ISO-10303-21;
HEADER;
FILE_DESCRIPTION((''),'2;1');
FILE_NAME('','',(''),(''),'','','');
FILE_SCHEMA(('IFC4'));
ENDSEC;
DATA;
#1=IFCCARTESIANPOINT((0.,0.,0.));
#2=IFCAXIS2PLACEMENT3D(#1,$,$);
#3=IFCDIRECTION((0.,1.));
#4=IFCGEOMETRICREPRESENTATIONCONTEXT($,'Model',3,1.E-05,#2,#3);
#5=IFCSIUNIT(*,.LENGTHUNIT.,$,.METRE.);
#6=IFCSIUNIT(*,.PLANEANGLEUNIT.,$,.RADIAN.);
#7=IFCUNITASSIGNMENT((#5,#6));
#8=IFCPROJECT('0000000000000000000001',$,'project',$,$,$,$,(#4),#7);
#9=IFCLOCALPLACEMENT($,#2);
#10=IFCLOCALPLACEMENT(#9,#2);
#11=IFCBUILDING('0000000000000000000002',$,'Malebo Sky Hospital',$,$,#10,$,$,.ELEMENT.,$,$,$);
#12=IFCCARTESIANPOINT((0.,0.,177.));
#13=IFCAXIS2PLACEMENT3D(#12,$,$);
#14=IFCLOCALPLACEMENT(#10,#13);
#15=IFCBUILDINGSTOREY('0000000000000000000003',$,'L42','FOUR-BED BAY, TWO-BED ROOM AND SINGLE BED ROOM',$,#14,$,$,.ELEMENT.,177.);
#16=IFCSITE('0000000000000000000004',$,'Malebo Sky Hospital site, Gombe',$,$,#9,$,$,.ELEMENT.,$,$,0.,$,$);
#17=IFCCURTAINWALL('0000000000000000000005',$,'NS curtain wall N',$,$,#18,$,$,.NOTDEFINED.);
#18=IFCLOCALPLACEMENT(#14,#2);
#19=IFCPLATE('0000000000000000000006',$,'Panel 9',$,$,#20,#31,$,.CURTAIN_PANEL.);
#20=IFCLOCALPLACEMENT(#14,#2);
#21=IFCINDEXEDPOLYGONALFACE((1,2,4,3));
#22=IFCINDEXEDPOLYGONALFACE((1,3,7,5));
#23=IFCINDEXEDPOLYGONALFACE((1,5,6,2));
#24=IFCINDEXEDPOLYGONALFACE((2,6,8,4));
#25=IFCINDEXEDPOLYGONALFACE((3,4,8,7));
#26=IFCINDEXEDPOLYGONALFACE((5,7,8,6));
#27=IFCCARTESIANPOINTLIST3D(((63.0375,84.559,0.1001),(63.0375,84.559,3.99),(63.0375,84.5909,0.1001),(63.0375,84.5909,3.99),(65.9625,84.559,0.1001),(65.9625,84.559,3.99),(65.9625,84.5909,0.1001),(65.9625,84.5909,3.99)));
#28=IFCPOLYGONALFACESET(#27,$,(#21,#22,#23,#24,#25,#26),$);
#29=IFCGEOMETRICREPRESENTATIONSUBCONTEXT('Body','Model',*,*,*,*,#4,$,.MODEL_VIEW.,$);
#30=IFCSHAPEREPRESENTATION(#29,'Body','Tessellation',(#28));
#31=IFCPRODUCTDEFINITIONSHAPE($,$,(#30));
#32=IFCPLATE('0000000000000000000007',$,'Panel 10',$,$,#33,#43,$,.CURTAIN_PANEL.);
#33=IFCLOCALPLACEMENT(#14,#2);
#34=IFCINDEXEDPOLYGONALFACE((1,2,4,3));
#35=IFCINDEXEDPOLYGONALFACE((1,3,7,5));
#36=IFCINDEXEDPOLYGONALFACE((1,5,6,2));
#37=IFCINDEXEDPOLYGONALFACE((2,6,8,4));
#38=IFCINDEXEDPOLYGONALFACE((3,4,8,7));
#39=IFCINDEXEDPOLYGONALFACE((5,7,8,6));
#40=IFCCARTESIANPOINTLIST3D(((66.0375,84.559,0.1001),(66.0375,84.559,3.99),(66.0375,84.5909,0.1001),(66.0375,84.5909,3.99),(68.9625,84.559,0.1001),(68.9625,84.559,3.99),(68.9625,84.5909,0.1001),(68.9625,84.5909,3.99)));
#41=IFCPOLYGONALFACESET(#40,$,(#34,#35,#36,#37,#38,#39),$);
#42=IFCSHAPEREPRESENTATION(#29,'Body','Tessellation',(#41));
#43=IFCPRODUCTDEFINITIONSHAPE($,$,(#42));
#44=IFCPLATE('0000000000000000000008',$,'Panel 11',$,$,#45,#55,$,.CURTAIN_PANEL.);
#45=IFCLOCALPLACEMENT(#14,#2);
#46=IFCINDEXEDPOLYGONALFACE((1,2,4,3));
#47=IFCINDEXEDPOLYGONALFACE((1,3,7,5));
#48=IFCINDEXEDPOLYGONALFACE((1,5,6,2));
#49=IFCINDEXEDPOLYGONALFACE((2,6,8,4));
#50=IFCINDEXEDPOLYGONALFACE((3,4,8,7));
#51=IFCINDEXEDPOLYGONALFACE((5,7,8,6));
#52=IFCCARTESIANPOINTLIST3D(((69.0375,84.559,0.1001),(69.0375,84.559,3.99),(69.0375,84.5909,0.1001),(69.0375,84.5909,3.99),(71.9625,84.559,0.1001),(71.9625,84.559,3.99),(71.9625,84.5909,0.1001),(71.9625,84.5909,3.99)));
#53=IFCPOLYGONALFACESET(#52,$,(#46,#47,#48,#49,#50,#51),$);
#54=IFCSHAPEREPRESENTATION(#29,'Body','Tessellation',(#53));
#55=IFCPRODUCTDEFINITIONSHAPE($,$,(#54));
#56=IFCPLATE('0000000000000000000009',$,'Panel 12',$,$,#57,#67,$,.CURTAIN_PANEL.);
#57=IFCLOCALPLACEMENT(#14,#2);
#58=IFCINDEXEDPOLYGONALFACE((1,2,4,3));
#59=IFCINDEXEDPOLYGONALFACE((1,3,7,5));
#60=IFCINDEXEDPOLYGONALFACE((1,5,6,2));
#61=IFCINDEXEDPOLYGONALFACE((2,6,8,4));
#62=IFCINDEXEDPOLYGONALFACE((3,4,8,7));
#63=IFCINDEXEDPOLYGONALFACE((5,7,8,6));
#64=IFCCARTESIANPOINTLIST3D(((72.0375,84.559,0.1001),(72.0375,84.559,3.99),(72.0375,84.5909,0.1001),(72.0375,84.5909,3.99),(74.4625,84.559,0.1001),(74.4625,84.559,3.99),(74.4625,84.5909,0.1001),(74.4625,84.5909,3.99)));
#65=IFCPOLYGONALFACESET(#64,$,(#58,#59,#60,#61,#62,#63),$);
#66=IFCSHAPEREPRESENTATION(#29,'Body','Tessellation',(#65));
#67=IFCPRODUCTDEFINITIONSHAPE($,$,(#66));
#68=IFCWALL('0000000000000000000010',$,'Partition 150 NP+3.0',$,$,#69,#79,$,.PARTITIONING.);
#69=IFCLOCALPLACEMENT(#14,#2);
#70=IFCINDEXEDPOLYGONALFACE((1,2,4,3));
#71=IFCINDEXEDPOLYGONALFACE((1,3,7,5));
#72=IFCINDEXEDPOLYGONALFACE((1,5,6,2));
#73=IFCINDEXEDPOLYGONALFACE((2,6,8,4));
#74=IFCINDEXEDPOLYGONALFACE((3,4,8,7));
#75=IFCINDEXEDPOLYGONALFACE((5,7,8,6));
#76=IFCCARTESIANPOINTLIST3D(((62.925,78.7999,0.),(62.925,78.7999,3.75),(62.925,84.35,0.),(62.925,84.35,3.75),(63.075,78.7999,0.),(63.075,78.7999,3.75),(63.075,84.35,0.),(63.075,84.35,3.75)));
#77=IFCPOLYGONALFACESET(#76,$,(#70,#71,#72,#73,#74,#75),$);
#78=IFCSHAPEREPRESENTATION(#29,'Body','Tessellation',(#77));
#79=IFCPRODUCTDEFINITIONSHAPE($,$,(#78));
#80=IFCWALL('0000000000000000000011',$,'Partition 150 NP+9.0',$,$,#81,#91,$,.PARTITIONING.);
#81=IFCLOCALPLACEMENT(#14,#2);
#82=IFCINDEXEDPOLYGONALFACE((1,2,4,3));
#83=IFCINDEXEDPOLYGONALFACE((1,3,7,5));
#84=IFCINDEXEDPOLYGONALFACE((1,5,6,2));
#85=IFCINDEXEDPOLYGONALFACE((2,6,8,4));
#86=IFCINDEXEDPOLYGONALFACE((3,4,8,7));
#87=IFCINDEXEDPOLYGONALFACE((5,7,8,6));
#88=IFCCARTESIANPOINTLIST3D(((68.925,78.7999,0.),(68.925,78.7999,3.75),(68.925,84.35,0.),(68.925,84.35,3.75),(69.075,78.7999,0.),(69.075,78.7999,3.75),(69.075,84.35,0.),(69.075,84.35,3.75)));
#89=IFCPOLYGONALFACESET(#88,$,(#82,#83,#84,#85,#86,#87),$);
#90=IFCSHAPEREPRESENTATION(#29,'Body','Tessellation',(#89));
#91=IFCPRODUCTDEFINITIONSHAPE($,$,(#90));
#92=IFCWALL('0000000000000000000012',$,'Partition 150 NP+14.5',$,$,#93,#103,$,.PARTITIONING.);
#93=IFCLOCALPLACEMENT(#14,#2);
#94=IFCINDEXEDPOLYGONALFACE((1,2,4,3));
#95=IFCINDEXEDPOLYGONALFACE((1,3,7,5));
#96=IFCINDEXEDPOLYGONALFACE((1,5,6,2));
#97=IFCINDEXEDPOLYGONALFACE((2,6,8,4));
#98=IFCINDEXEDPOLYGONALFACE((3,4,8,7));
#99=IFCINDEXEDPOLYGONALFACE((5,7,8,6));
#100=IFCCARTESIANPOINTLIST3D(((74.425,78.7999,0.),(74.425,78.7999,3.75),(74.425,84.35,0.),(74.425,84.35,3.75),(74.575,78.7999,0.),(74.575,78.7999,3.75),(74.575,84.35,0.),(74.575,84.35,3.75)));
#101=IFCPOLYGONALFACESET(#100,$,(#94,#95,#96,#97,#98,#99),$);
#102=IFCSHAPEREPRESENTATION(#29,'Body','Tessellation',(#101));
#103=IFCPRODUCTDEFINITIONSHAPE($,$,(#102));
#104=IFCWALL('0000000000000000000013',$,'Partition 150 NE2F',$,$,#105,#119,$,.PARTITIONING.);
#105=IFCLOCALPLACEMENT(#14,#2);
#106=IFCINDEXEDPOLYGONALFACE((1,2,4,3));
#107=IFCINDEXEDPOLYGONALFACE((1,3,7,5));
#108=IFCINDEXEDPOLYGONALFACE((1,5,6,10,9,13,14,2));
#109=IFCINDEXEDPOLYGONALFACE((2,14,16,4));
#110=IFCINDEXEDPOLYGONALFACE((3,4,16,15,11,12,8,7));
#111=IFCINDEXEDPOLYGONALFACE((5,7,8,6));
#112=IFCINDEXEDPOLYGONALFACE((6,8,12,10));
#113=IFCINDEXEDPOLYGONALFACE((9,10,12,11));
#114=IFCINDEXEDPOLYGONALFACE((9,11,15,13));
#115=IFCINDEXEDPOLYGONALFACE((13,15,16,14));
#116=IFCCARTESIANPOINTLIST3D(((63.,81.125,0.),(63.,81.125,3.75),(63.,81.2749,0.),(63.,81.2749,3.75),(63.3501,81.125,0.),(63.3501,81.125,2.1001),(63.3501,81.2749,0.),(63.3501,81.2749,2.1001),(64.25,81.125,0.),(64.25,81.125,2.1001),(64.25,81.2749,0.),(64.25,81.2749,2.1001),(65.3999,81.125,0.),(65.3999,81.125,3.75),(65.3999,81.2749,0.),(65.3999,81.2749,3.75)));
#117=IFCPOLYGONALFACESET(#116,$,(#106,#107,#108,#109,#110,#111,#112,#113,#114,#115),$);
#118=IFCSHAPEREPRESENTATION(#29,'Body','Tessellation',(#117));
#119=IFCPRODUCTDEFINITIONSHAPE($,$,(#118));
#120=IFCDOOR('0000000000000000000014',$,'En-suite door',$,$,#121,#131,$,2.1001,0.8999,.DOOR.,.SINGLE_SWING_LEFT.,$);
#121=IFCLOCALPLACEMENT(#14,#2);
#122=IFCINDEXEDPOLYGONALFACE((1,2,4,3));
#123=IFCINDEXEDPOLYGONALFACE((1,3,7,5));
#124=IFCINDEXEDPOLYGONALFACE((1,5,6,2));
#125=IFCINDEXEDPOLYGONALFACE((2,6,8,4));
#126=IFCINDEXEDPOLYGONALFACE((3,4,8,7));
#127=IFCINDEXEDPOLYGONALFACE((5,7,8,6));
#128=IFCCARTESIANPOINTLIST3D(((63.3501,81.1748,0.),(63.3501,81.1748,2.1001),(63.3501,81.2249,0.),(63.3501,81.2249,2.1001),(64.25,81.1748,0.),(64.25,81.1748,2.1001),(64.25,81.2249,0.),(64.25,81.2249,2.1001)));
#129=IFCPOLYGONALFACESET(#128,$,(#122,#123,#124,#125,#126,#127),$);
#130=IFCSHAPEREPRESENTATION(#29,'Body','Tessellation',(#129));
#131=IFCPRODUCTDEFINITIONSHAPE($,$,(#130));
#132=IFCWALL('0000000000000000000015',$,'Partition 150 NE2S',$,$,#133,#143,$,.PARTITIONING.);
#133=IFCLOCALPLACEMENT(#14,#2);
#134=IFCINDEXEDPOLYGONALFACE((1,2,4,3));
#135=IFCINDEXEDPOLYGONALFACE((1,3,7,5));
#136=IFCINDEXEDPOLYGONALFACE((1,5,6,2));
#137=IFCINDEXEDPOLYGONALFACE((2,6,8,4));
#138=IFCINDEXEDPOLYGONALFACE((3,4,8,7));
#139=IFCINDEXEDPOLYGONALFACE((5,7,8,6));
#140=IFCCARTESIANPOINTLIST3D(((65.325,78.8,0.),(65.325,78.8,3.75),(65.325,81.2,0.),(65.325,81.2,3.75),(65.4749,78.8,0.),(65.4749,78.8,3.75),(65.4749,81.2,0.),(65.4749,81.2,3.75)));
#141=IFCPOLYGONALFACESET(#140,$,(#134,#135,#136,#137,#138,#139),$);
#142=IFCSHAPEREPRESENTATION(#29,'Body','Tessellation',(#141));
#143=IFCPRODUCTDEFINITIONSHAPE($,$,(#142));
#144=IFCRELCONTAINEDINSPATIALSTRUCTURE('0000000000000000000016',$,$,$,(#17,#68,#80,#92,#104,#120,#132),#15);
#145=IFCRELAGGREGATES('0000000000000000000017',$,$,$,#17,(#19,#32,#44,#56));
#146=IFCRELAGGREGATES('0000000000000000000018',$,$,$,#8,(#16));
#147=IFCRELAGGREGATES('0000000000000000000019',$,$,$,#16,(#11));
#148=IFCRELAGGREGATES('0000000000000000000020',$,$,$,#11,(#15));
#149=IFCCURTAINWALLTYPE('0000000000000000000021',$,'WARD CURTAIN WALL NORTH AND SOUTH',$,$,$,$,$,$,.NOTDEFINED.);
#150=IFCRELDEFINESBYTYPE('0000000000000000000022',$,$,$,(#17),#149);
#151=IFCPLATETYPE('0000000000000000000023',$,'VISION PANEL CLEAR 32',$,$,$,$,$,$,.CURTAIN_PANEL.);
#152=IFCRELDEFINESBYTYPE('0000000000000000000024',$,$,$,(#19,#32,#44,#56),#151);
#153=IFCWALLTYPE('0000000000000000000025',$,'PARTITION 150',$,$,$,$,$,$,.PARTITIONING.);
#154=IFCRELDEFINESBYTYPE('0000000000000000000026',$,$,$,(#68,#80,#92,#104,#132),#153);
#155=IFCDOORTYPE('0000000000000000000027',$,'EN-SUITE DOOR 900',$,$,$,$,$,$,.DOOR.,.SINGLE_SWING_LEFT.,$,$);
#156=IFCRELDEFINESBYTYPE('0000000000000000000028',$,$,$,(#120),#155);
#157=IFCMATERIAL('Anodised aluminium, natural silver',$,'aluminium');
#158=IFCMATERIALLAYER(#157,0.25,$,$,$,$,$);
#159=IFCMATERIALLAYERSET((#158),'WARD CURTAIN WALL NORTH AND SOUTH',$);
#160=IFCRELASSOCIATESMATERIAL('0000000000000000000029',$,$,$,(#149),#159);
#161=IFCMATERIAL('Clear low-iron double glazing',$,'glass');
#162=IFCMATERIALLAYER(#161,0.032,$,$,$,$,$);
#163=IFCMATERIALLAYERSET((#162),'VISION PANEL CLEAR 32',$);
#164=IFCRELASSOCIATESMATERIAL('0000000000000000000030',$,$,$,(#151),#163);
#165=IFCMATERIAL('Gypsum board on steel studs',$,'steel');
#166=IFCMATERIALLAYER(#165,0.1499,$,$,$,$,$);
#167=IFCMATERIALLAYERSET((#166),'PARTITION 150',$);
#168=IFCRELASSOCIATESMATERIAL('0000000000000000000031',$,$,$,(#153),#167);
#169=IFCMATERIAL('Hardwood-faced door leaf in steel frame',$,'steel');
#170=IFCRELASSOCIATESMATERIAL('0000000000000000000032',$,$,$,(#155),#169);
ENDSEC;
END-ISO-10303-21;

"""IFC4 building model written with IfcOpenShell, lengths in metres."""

from ifc_helpers import new_model, si_unit, direction, frame, frame_2d, origin, origin_2d, place, context, subcontext, project, spatial, rectangle, extrude, material, layer, layer_set, type_object, element, fill, aggregate, save


model = new_model("IFC4")

# Units and contexts
model_context = context("Model", 3, precision=1e-05, world=origin(), true_north=direction((0.0, 1.0)))
body_context = subcontext(model_context, "Body", "Model", "MODEL_VIEW")
ifc_project = project(units=[si_unit("LENGTHUNIT", "METRE"), si_unit("PLANEANGLEUNIT", "RADIAN")], contexts=[model_context])

# Site, building, storey
site_placement = place(None, origin())
site = spatial("IfcSite", under=ifc_project, at=site_placement, Name="Malebo Sky Hospital site, Gombe", CompositionType="ELEMENT", RefElevation=0.0)
building_placement = place(site_placement, origin())
building = spatial("IfcBuilding", under=site, at=building_placement, Name="Malebo Sky Hospital", CompositionType="ELEMENT")
storey_placement = place(building_placement, frame((0.0, 0.0, 177.0)))
storey = spatial("IfcBuildingStorey", under=building, at=storey_placement, Name="L42", Description="FOUR-BED BAY, TWO-BED ROOM AND SINGLE BED ROOM", CompositionType="ELEMENT", Elevation=177.0)

# Curtain wall
ifc_material_1 = material(Name="Anodised aluminium, natural silver", Category="aluminium")
ifc_layer_1 = layer(ifc_material_1, 0.25)
ifc_layer_set_1 = layer_set([ifc_layer_1], Name="WARD CURTAIN WALL NORTH AND SOUTH")
curtain_wall_type = type_object("IfcCurtainWallType", Name="WARD CURTAIN WALL NORTH AND SOUTH", PredefinedType="NOTDEFINED", material=ifc_layer_set_1)
curtain_wall_placement = place(storey_placement, origin())
curtain_wall = element("IfcCurtainWall", 1, at=curtain_wall_placement, inside=storey, type_object=curtain_wall_type, Name="NS curtain wall N", PredefinedType="NOTDEFINED")

# Plates
ifc_material_2 = material(Name="Clear low-iron double glazing", Category="glass")
ifc_layer_2 = layer(ifc_material_2, 0.032)
ifc_layer_set_2 = layer_set([ifc_layer_2], Name="VISION PANEL CLEAR 32")
plate_type = type_object("IfcPlateType", Name="VISION PANEL CLEAR 32", PredefinedType="CURTAIN_PANEL", material=ifc_layer_set_2)
plate_1_placement = place(storey_placement, frame((64.5, 84.575, 0.1001), z_axis=(0.0, 0.0, 1.0), x_axis=(1.0, 0.0, 0.0)))
plate_1 = element("IfcPlate", 2, at=plate_1_placement, type_object=plate_type, Name="Panel 9", PredefinedType="CURTAIN_PANEL", context=body_context, shape_type="SweptSolid", body=[
    extrude(rectangle(XDim=2.925, YDim=0.032, at=origin_2d()), origin(), (0.0, 0.0, 1.0), 3.8899),
])
plate_2_placement = place(storey_placement, frame((67.5, 84.575, 0.1001), z_axis=(0.0, 0.0, 1.0), x_axis=(1.0, 0.0, 0.0)))
plate_2 = element("IfcPlate", 3, at=plate_2_placement, type_object=plate_type, Name="Panel 10", PredefinedType="CURTAIN_PANEL", context=body_context, shape_type="SweptSolid", body=[
    extrude(rectangle(XDim=2.925, YDim=0.032, at=origin_2d()), origin(), (0.0, 0.0, 1.0), 3.8899),
])
plate_3_placement = place(storey_placement, frame((70.5, 84.575, 0.1001), z_axis=(0.0, 0.0, 1.0), x_axis=(1.0, 0.0, 0.0)))
plate_3 = element("IfcPlate", 4, at=plate_3_placement, type_object=plate_type, Name="Panel 11", PredefinedType="CURTAIN_PANEL", context=body_context, shape_type="SweptSolid", body=[
    extrude(rectangle(XDim=2.925, YDim=0.032, at=origin_2d()), origin(), (0.0, 0.0, 1.0), 3.8899),
])
plate_4_placement = place(storey_placement, frame((73.25, 84.575, 0.1001), z_axis=(0.0, 0.0, 1.0), x_axis=(1.0, 0.0, 0.0)))
plate_4 = element("IfcPlate", 5, at=plate_4_placement, type_object=plate_type, Name="Panel 12", PredefinedType="CURTAIN_PANEL", context=body_context, shape_type="SweptSolid", body=[
    extrude(rectangle(XDim=2.425, YDim=0.032, at=origin_2d()), origin(), (0.0, 0.0, 1.0), 3.8899),
])
aggregate(curtain_wall, [plate_1, plate_2, plate_3, plate_4])

# Walls
ifc_material_3 = material(Name="Gypsum board on steel studs", Category="steel")
ifc_layer_3 = layer(ifc_material_3, 0.1499)
ifc_layer_set_3 = layer_set([ifc_layer_3], Name="PARTITION 150")
wall_type = type_object("IfcWallType", Name="PARTITION 150", PredefinedType="PARTITIONING", material=ifc_layer_set_3)
for number, where, z_axis, x_axis, name in (
    (6, (63.0, 78.8, 0.0), (0.0, 0.0, 1.0), (0.0, 1.0, 0.0), "Partition 150 NP+3.0"),
    (7, (69.0, 78.8, 0.0), (0.0, 0.0, 1.0), (0.0, 1.0, 0.0), "Partition 150 NP+9.0"),
    (8, (74.5, 78.8, 0.0), (0.0, 0.0, 1.0), (0.0, 1.0, 0.0), "Partition 150 NP+14.5"),
):
    element("IfcWall", number, at=place(storey_placement, frame(where, z_axis=z_axis, x_axis=x_axis)), inside=storey, type_object=wall_type, Name=name, PredefinedType="PARTITIONING", context=body_context, shape_type="SweptSolid", body=[
        extrude(rectangle(XDim=5.55, YDim=0.1499, at=frame_2d((2.7749, 0.0))), origin(), (0.0, 0.0, 1.0), 3.75),
    ])

# Wall, opening, door
wall_1_placement = place(storey_placement, frame((63.0, 81.2, 0.0), z_axis=(0.0, 0.0, 1.0), x_axis=(1.0, 0.0, 0.0)))
wall_1 = element("IfcWall", 9, at=wall_1_placement, inside=storey, type_object=wall_type, Name="Partition 150 NE2F", PredefinedType="PARTITIONING", context=body_context, shape_type="SweptSolid", body=[
    extrude(rectangle(XDim=2.3999, YDim=0.1499, at=frame_2d((1.2, 0.0))), origin(), (0.0, 0.0, 1.0), 3.75),
])
opening_placement = place(wall_1_placement, frame((0.3501, 0.0, 0.0)))
opening = element("IfcOpeningElement", 10, at=opening_placement, cuts=wall_1, PredefinedType="OPENING", context=body_context, shape_type="SweptSolid", body=[
    extrude(rectangle(XDim=0.8999, YDim=2.1001, at=frame_2d((0.45, 1.05))), frame((0.0, 0.085, 0.0), z_axis=(0.0, -1.0, 0.0), x_axis=(1.0, 0.0, 0.0)), (0.0, 0.0, 1.0), 0.1699),
])
ifc_material_4 = material(Name="Hardwood-faced door leaf in steel frame", Category="steel")
door_type = type_object("IfcDoorType", Name="EN-SUITE DOOR 900", OperationType="SINGLE_SWING_LEFT", PredefinedType="DOOR", material=ifc_material_4)
door_placement = place(opening_placement, origin())
door = element("IfcDoor", 11, at=door_placement, inside=storey, type_object=door_type, Name="En-suite door", OperationType="SINGLE_SWING_LEFT", OverallHeight=2.1001, OverallWidth=0.8999, PredefinedType="DOOR", context=body_context, shape_type="SweptSolid", body=[
    extrude(rectangle(XDim=0.8999, YDim=2.1001, at=frame_2d((0.45, 1.05))), frame((0.0, 0.0249, 0.0), z_axis=(0.0, -1.0, 0.0), x_axis=(1.0, 0.0, 0.0)), (0.0, 0.0, 1.0), 0.05),
])
fill(opening, door)

# Wall
wall_2_placement = place(storey_placement, frame((65.3999, 78.8, 0.0), z_axis=(0.0, 0.0, 1.0), x_axis=(0.0, 1.0, 0.0)))
element("IfcWall", 12, at=wall_2_placement, inside=storey, type_object=wall_type, Name="Partition 150 NE2S", PredefinedType="PARTITIONING", context=body_context, shape_type="SweptSolid", body=[
    extrude(rectangle(XDim=2.3999, YDim=0.1499, at=frame_2d((1.2, 0.0))), origin(), (0.0, 0.0, 1.0), 3.75),
])

save(model, "model.ifc")
